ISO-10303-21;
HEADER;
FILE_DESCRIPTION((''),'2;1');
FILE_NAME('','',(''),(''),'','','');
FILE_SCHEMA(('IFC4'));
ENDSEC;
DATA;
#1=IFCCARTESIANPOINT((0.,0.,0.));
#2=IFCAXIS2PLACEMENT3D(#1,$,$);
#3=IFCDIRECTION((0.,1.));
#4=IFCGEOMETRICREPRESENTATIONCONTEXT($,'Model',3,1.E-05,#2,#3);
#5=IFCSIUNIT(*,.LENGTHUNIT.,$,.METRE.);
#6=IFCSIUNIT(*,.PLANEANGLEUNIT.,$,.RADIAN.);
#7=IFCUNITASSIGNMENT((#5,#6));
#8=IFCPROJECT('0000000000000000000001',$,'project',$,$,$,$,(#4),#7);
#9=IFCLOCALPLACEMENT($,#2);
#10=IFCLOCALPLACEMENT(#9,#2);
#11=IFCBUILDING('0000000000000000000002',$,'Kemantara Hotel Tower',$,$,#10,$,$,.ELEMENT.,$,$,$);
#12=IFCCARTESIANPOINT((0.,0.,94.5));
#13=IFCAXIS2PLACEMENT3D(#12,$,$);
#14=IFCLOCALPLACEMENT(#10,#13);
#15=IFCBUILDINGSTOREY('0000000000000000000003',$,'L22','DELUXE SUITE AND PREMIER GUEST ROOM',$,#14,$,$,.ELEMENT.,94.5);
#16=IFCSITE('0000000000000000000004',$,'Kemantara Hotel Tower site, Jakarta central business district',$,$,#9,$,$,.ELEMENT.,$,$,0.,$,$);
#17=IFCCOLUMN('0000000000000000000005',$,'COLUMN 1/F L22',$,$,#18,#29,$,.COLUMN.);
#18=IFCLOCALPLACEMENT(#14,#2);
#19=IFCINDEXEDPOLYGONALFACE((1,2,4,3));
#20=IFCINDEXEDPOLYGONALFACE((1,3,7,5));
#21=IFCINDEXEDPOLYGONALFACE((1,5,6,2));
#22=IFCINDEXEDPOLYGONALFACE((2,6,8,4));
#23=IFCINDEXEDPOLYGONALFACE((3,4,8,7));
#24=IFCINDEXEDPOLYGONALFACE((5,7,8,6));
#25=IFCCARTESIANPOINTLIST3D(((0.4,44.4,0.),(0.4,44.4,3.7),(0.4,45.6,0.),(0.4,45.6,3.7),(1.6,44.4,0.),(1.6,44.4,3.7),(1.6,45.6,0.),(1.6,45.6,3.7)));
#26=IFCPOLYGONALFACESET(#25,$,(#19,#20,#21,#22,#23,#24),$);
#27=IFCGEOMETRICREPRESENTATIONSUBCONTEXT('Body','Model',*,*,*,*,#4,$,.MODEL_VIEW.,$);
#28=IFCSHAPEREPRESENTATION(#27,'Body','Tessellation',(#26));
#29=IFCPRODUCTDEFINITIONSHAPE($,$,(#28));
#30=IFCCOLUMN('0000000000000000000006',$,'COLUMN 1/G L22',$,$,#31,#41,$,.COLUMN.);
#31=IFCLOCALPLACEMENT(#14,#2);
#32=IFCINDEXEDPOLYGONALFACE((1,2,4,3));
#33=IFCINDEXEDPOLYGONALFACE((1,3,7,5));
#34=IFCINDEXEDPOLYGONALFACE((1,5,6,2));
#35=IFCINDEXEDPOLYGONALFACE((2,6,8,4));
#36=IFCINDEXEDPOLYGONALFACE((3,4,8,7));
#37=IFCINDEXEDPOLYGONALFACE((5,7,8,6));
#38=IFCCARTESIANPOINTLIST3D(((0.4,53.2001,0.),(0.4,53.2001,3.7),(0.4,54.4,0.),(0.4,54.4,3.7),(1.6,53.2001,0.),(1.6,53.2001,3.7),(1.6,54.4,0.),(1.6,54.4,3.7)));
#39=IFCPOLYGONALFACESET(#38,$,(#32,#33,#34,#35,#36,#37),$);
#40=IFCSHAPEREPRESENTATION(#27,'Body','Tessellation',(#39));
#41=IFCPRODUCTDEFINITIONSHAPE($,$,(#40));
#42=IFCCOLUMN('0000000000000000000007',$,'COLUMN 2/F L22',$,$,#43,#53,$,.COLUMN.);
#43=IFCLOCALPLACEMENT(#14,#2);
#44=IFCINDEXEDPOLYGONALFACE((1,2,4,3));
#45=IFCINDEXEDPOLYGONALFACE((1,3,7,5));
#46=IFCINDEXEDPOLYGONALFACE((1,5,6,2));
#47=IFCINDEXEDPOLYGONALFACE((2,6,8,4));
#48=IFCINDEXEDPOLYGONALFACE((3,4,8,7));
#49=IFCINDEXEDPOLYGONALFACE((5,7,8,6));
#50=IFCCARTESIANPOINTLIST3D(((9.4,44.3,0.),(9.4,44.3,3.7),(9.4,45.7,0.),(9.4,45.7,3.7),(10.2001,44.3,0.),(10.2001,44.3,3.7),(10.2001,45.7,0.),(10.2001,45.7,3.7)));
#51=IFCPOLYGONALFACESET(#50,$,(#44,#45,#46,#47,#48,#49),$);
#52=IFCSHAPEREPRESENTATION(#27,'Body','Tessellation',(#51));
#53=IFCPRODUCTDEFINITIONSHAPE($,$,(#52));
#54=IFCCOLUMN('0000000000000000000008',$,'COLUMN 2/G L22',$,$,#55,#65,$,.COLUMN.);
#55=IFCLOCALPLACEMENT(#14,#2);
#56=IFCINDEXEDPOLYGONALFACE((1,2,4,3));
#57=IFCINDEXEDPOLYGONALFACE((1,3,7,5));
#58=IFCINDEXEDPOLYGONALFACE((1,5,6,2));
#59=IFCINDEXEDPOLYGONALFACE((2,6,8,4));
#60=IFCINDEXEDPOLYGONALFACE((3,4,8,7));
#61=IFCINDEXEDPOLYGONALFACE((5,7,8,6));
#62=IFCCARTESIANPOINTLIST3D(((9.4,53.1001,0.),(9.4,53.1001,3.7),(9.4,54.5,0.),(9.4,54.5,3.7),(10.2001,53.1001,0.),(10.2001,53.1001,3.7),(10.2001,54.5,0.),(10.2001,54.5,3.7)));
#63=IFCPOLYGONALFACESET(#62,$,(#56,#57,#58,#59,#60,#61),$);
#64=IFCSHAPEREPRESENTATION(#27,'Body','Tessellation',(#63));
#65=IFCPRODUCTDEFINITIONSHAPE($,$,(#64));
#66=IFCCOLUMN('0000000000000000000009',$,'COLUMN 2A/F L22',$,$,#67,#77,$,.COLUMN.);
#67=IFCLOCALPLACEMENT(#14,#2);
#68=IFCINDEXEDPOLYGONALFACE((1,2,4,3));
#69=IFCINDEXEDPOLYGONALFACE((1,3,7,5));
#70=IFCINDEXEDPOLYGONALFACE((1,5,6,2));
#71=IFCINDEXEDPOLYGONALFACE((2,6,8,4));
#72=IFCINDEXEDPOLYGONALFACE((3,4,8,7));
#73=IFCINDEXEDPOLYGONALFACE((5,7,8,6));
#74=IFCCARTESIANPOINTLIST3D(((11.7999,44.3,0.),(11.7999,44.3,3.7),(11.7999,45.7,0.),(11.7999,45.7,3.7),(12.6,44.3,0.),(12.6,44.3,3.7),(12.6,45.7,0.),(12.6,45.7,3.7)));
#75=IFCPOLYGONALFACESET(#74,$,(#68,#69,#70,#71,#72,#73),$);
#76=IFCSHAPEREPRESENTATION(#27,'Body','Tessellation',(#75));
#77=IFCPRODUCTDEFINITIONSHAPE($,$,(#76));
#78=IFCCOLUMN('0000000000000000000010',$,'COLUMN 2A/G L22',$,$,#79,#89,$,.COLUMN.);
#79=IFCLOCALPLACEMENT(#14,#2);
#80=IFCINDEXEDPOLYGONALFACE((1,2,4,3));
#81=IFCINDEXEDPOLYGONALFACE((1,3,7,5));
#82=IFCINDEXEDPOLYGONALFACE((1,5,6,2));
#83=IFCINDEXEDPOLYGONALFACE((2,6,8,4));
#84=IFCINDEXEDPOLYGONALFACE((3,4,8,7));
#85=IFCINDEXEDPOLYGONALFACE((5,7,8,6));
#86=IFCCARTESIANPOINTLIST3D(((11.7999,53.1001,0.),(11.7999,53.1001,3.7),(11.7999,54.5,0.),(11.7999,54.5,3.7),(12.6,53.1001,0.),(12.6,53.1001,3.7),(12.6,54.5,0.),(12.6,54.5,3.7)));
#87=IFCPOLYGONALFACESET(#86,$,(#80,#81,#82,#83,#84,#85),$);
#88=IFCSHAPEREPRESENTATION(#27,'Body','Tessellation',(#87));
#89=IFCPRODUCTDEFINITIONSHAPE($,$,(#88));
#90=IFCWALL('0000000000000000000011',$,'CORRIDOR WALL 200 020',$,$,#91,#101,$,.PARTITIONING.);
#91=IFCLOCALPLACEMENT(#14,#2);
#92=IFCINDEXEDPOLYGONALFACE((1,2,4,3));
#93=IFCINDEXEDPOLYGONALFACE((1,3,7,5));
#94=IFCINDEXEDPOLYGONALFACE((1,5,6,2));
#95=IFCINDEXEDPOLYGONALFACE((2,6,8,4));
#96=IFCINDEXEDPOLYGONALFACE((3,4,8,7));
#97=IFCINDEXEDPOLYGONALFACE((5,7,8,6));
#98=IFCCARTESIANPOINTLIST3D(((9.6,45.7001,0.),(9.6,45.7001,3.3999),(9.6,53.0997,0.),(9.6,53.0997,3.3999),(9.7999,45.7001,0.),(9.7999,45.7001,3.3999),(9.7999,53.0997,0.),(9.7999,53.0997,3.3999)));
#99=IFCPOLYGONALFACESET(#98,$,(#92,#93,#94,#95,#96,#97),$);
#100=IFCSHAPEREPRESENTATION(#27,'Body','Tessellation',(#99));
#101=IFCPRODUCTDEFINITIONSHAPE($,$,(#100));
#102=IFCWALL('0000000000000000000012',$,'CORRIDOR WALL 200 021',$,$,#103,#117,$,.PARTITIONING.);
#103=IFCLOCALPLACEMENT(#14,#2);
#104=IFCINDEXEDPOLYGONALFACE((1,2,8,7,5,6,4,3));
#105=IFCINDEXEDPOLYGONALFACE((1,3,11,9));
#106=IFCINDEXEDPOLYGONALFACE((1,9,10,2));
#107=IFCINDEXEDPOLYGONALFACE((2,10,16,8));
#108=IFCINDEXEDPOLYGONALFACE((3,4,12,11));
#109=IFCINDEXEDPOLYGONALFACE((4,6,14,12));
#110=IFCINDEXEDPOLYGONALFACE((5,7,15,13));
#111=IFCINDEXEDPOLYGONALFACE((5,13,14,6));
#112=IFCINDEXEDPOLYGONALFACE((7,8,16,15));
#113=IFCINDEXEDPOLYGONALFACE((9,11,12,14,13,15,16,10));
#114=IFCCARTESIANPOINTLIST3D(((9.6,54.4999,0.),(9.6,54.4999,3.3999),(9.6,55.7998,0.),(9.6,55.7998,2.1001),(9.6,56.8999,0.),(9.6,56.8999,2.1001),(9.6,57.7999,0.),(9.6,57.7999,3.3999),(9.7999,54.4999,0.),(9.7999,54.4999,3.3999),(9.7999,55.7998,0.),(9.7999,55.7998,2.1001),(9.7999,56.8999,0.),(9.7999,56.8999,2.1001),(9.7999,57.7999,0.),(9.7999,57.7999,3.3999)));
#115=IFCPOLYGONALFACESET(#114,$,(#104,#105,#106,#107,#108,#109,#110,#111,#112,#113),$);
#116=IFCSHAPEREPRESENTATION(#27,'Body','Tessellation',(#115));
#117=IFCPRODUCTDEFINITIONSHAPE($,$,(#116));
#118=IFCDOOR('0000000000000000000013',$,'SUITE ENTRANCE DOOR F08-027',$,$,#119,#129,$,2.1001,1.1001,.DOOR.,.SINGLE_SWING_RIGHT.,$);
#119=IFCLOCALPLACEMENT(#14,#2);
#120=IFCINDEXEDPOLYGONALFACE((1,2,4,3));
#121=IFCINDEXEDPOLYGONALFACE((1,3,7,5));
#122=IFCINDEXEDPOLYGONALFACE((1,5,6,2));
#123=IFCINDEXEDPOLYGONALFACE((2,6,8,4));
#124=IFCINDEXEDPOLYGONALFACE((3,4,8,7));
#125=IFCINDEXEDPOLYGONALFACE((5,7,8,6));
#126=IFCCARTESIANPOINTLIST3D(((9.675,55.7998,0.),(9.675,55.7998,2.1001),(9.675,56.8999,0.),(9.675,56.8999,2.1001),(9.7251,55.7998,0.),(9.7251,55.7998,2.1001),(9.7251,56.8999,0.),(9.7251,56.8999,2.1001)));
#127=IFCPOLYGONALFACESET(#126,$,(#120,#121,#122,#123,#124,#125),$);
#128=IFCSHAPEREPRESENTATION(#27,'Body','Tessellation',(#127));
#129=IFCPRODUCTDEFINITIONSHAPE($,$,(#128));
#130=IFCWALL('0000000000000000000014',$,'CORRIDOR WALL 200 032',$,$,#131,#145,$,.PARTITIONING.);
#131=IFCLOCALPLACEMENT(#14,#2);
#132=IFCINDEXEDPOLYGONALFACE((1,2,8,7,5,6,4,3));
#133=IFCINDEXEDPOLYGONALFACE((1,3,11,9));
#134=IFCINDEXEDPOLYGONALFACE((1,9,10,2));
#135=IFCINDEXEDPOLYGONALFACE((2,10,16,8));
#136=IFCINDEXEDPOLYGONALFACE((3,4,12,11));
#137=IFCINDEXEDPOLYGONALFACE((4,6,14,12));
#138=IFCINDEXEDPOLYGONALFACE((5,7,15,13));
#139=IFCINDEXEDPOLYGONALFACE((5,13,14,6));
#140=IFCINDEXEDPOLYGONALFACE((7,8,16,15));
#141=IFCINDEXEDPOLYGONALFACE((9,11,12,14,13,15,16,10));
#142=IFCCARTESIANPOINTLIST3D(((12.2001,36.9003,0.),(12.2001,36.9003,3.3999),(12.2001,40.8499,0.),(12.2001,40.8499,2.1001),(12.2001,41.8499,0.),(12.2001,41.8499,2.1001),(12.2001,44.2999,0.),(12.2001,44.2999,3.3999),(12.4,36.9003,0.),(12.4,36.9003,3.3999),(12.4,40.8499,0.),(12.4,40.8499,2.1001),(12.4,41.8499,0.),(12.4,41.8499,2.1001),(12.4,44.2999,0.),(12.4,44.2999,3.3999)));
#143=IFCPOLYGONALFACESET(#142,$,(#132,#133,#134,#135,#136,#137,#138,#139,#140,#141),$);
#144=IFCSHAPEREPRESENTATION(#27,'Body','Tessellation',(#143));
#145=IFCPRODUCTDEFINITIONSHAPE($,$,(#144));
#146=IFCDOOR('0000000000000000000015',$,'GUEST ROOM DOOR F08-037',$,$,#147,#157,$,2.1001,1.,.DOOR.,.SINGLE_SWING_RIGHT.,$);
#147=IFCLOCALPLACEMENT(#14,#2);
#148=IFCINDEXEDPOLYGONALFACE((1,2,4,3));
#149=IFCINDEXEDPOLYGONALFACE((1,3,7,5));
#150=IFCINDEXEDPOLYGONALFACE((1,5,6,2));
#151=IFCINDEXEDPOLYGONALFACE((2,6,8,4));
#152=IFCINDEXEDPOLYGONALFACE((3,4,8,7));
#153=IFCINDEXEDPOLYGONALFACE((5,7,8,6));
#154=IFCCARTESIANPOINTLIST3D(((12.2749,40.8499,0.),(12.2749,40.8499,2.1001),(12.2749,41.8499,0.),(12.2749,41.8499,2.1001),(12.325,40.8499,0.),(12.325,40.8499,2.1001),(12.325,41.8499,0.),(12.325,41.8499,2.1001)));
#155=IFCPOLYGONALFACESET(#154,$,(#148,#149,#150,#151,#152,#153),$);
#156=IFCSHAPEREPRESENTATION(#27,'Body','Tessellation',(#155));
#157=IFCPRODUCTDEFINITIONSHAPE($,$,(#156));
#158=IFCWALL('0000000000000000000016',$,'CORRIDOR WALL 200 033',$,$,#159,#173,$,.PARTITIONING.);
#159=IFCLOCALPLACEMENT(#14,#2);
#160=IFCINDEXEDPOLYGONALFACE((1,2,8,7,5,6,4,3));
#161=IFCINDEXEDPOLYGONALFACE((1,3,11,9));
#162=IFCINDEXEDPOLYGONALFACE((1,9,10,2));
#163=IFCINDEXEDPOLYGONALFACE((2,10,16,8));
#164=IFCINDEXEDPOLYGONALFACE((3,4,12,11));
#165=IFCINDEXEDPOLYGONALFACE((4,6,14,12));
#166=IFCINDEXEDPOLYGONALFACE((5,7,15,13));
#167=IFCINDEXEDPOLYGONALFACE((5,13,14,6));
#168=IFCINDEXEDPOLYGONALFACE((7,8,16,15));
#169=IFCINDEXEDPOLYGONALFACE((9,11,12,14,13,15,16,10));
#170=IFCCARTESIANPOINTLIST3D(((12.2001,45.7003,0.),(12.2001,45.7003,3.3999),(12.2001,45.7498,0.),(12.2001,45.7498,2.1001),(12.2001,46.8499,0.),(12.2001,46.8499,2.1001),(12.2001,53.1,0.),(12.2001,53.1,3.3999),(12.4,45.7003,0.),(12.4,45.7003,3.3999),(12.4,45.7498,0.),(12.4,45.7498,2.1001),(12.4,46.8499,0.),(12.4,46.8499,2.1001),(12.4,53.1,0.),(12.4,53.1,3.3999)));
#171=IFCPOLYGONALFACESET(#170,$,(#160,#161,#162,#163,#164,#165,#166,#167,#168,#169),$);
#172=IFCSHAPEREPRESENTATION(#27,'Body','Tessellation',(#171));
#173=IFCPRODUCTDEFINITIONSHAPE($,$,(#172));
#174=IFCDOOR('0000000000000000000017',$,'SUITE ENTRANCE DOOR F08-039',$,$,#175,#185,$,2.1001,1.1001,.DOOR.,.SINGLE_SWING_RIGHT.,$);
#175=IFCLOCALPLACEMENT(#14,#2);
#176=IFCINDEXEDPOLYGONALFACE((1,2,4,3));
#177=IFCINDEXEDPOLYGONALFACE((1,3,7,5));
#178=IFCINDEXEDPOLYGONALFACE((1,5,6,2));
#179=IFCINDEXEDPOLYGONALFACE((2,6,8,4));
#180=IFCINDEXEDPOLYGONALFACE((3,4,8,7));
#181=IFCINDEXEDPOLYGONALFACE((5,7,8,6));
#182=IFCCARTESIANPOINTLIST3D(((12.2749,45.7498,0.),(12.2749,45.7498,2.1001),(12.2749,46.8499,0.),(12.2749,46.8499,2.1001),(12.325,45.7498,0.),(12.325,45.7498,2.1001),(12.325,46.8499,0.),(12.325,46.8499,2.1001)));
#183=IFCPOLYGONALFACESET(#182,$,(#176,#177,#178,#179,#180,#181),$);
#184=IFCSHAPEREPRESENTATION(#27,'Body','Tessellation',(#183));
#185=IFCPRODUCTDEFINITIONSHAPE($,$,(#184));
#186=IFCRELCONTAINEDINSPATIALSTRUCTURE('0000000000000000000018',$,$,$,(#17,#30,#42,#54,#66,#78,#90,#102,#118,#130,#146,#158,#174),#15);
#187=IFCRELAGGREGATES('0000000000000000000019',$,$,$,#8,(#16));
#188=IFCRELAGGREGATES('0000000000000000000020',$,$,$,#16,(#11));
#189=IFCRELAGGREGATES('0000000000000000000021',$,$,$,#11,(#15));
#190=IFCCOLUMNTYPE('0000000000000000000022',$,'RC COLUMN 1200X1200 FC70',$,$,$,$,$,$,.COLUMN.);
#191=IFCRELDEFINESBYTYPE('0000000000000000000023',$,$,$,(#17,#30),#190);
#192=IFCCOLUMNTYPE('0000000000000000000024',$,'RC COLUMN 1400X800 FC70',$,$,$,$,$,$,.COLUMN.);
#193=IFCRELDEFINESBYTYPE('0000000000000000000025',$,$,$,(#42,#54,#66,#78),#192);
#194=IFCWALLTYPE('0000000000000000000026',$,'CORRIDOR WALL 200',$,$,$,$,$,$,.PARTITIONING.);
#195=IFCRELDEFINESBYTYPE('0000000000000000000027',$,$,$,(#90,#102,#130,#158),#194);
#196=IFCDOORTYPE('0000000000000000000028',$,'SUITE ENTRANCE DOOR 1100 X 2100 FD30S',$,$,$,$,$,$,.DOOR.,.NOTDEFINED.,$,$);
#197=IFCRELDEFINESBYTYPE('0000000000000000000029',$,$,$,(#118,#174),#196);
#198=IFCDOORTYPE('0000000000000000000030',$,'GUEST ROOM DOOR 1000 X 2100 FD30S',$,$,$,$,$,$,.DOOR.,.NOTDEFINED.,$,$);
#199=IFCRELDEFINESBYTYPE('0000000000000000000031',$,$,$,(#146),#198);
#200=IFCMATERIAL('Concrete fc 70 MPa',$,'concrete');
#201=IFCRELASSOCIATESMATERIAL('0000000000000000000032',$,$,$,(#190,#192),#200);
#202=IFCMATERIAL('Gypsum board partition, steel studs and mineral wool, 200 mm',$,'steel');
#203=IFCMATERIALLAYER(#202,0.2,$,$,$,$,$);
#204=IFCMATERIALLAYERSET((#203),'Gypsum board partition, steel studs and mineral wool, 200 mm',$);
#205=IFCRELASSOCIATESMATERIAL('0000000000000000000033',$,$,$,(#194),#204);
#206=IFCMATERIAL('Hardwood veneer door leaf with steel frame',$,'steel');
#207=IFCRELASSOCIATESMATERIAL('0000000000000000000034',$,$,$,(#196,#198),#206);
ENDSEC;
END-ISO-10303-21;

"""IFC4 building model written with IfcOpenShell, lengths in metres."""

from ifc_helpers import new_model, si_unit, direction, frame, frame_2d, origin, origin_2d, place, context, subcontext, project, spatial, rectangle, extrude, material, layer, layer_set, material_profile, profile_set, type_object, element, fill, save


model = new_model("IFC4")

# Units and contexts
model_context = context("Model", 3, precision=1e-05, world=origin(), true_north=direction((0.0, 1.0)))
body_context = subcontext(model_context, "Body", "Model", "MODEL_VIEW")
ifc_project = project(units=[si_unit("LENGTHUNIT", "METRE"), si_unit("PLANEANGLEUNIT", "RADIAN")], contexts=[model_context])

# Site, building, storey
site_placement = place(None, origin())
site = spatial("IfcSite", under=ifc_project, at=site_placement, Name="Kemantara Hotel Tower site, Jakarta central business district", CompositionType="ELEMENT", RefElevation=0.0)
building_placement = place(site_placement, origin())
building = spatial("IfcBuilding", under=site, at=building_placement, Name="Kemantara Hotel Tower", CompositionType="ELEMENT")
storey_placement = place(building_placement, frame((0.0, 0.0, 94.5)))
storey = spatial("IfcBuildingStorey", under=building, at=storey_placement, Name="L22", Description="DELUXE SUITE AND PREMIER GUEST ROOM", CompositionType="ELEMENT", Elevation=94.5)

# Columns
ifc_material_1 = material(Name="Concrete fc 70 MPa", Category="concrete")
ifc_material_profile_1 = material_profile(ifc_material_1, rectangle(XDim=1.2, YDim=1.2, at=origin_2d()), Name="RC 1200X1200")
ifc_profile_set_1 = profile_set([ifc_material_profile_1], Name="Concrete fc 70 MPa")
column_type_1 = type_object("IfcColumnType", Name="RC COLUMN 1200X1200 FC70", PredefinedType="COLUMN", material=ifc_profile_set_1)
for number, where, z_axis, x_axis, name in (
    (1, (1.0, 45.0, 0.0), (0.0, 0.0, 1.0), (1.0, 0.0, 0.0), "COLUMN 1/F L22"),
    (2, (1.0, 53.8, 0.0), (0.0, 0.0, 1.0), (1.0, 0.0, 0.0), "COLUMN 1/G L22"),
):
    element("IfcColumn", number, at=place(storey_placement, frame(where, z_axis=z_axis, x_axis=x_axis)), inside=storey, type_object=column_type_1, Name=name, PredefinedType="COLUMN", context=body_context, shape_type="SweptSolid", body=[
        extrude(rectangle(XDim=1.2, YDim=1.2, at=origin_2d()), origin(), (0.0, 0.0, 1.0), 3.7),
    ])
ifc_material_profile_2 = material_profile(ifc_material_1, rectangle(XDim=1.3999, YDim=0.8, at=origin_2d()), Name="RC 1400X800")
ifc_profile_set_2 = profile_set([ifc_material_profile_2], Name="Concrete fc 70 MPa")
column_type_2 = type_object("IfcColumnType", Name="RC COLUMN 1400X800 FC70", PredefinedType="COLUMN", material=ifc_profile_set_2)
for number, where, z_axis, x_axis, name in (
    (3, (9.8, 45.0, 0.0), (0.0, 0.0, 1.0), (0.0, 1.0, 0.0), "COLUMN 2/F L22"),
    (4, (9.8, 53.8, 0.0), (0.0, 0.0, 1.0), (0.0, 1.0, 0.0), "COLUMN 2/G L22"),
    (5, (12.2, 45.0, 0.0), (0.0, 0.0, 1.0), (0.0, 1.0, 0.0), "COLUMN 2A/F L22"),
    (6, (12.2, 53.8, 0.0), (0.0, 0.0, 1.0), (0.0, 1.0, 0.0), "COLUMN 2A/G L22"),
):
    element("IfcColumn", number, at=place(storey_placement, frame(where, z_axis=z_axis, x_axis=x_axis)), inside=storey, type_object=column_type_2, Name=name, PredefinedType="COLUMN", context=body_context, shape_type="SweptSolid", body=[
        extrude(rectangle(XDim=1.3999, YDim=0.8, at=origin_2d()), origin(), (0.0, 0.0, 1.0), 3.7),
    ])

# Wall
ifc_material_2 = material(Name="Gypsum board partition, steel studs and mineral wool, 200 mm", Category="steel")
ifc_layer_1 = layer(ifc_material_2, 0.2)
ifc_layer_set_1 = layer_set([ifc_layer_1], Name="Gypsum board partition, steel studs and mineral wool, 200 mm")
wall_type_1 = type_object("IfcWallType", Name="CORRIDOR WALL 200", PredefinedType="PARTITIONING", material=ifc_layer_set_1)
wall_1_placement = place(storey_placement, frame((9.7, 45.7002, 0.0), z_axis=(0.0, 0.0, 1.0), x_axis=(0.0, 1.0, 0.0)))
element("IfcWall", 7, at=wall_1_placement, inside=storey, type_object=wall_type_1, Name="CORRIDOR WALL 200 020", PredefinedType="PARTITIONING", context=body_context, shape_type="SweptSolid", body=[
    extrude(rectangle(XDim=7.3997, YDim=0.2, at=frame_2d((3.6997, 0.0))), origin(), (0.0, 0.0, 1.0), 3.3999),
])

# Walls, openings, doors
wall_2_placement = place(storey_placement, frame((9.7, 54.5, 0.0), z_axis=(0.0, 0.0, 1.0), x_axis=(0.0, 1.0, 0.0)))
wall_2 = element("IfcWall", 8, at=wall_2_placement, inside=storey, type_object=wall_type_1, Name="CORRIDOR WALL 200 021", PredefinedType="PARTITIONING", context=body_context, shape_type="SweptSolid", body=[
    extrude(rectangle(XDim=3.3, YDim=0.2, at=frame_2d((1.6499, 0.0))), origin(), (0.0, 0.0, 1.0), 3.3999),
])
opening_1_placement = place(wall_2_placement, frame((1.2998, 0.0, 0.0)))
opening_1 = element("IfcOpeningElement", 9, at=opening_1_placement, cuts=wall_2, PredefinedType="OPENING", context=body_context, shape_type="SweptSolid", body=[
    extrude(rectangle(XDim=1.1001, YDim=2.1001, at=frame_2d((0.55, 1.05))), frame((0.0, 0.1099, 0.0), z_axis=(0.0, -1.0, 0.0), x_axis=(1.0, 0.0, 0.0)), (0.0, 0.0, 1.0), 0.22),
])
ifc_material_3 = material(Name="Hardwood veneer door leaf with steel frame", Category="steel")
door_type_1 = type_object("IfcDoorType", Name="SUITE ENTRANCE DOOR 1100 X 2100 FD30S", OperationType="NOTDEFINED", PredefinedType="DOOR", material=ifc_material_3)
door_1_placement = place(opening_1_placement, origin())
door_1 = element("IfcDoor", 10, at=door_1_placement, inside=storey, type_object=door_type_1, Name="SUITE ENTRANCE DOOR F08-027", OperationType="SINGLE_SWING_RIGHT", OverallHeight=2.1001, OverallWidth=1.1001, PredefinedType="DOOR", context=body_context, shape_type="SweptSolid", body=[
    extrude(rectangle(XDim=1.1001, YDim=2.1001, at=frame_2d((0.55, 1.05))), frame((0.0, 0.0249, 0.0), z_axis=(0.0, -1.0, 0.0), x_axis=(1.0, 0.0, 0.0)), (0.0, 0.0, 1.0), 0.05),
])
fill(opening_1, door_1)
wall_3_placement = place(storey_placement, frame((12.3, 44.2998, 0.0), z_axis=(0.0, 0.0, 1.0), x_axis=(0.0, -1.0, 0.0)))
wall_3 = element("IfcWall", 11, at=wall_3_placement, inside=storey, type_object=wall_type_1, Name="CORRIDOR WALL 200 032", PredefinedType="PARTITIONING", context=body_context, shape_type="SweptSolid", body=[
    extrude(rectangle(XDim=7.3997, YDim=0.2, at=frame_2d((3.6997, 0.0))), origin(), (0.0, 0.0, 1.0), 3.3999),
])
opening_2_placement = place(wall_3_placement, frame((2.45, 0.0, 0.0)))
opening_2 = element("IfcOpeningElement", 12, at=opening_2_placement, cuts=wall_3, PredefinedType="OPENING", context=body_context, shape_type="SweptSolid", body=[
    extrude(rectangle(XDim=1.0, YDim=2.1001, at=frame_2d((0.5, 1.05))), frame((0.0, 0.1099, 0.0), z_axis=(0.0, -1.0, 0.0), x_axis=(1.0, 0.0, 0.0)), (0.0, 0.0, 1.0), 0.22),
])
door_type_2 = type_object("IfcDoorType", Name="GUEST ROOM DOOR 1000 X 2100 FD30S", OperationType="NOTDEFINED", PredefinedType="DOOR", material=ifc_material_3)
door_2_placement = place(opening_2_placement, origin())
door_2 = element("IfcDoor", 13, at=door_2_placement, inside=storey, type_object=door_type_2, Name="GUEST ROOM DOOR F08-037", OperationType="SINGLE_SWING_RIGHT", OverallHeight=2.1001, OverallWidth=1.0, PredefinedType="DOOR", context=body_context, shape_type="SweptSolid", body=[
    extrude(rectangle(XDim=1.0, YDim=2.1001, at=frame_2d((0.5, 1.05))), frame((0.0, 0.0249, 0.0), z_axis=(0.0, -1.0, 0.0), x_axis=(1.0, 0.0, 0.0)), (0.0, 0.0, 1.0), 0.05),
])
fill(opening_2, door_2)
wall_4_placement = place(storey_placement, frame((12.3, 53.0999, 0.0), z_axis=(0.0, 0.0, 1.0), x_axis=(0.0, -1.0, 0.0)))
wall_4 = element("IfcWall", 14, at=wall_4_placement, inside=storey, type_object=wall_type_1, Name="CORRIDOR WALL 200 033", PredefinedType="PARTITIONING", context=body_context, shape_type="SweptSolid", body=[
    extrude(rectangle(XDim=7.3997, YDim=0.2, at=frame_2d((3.6997, 0.0))), origin(), (0.0, 0.0, 1.0), 3.3999),
])
opening_3_placement = place(wall_4_placement, frame((6.25, 0.0, 0.0)))
opening_3 = element("IfcOpeningElement", 15, at=opening_3_placement, cuts=wall_4, PredefinedType="OPENING", context=body_context, shape_type="SweptSolid", body=[
    extrude(rectangle(XDim=1.1001, YDim=2.1001, at=frame_2d((0.55, 1.05))), frame((0.0, 0.1099, 0.0), z_axis=(0.0, -1.0, 0.0), x_axis=(1.0, 0.0, 0.0)), (0.0, 0.0, 1.0), 0.22),
])
door_3_placement = place(opening_3_placement, origin())
door_3 = element("IfcDoor", 16, at=door_3_placement, inside=storey, type_object=door_type_1, Name="SUITE ENTRANCE DOOR F08-039", OperationType="SINGLE_SWING_RIGHT", OverallHeight=2.1001, OverallWidth=1.1001, PredefinedType="DOOR", context=body_context, shape_type="SweptSolid", body=[
    extrude(rectangle(XDim=1.1001, YDim=2.1001, at=frame_2d((0.55, 1.05))), frame((0.0, 0.0249, 0.0), z_axis=(0.0, -1.0, 0.0), x_axis=(1.0, 0.0, 0.0)), (0.0, 0.0, 1.0), 0.05),
])
fill(opening_3, door_3)

save(model, "model.ifc")
